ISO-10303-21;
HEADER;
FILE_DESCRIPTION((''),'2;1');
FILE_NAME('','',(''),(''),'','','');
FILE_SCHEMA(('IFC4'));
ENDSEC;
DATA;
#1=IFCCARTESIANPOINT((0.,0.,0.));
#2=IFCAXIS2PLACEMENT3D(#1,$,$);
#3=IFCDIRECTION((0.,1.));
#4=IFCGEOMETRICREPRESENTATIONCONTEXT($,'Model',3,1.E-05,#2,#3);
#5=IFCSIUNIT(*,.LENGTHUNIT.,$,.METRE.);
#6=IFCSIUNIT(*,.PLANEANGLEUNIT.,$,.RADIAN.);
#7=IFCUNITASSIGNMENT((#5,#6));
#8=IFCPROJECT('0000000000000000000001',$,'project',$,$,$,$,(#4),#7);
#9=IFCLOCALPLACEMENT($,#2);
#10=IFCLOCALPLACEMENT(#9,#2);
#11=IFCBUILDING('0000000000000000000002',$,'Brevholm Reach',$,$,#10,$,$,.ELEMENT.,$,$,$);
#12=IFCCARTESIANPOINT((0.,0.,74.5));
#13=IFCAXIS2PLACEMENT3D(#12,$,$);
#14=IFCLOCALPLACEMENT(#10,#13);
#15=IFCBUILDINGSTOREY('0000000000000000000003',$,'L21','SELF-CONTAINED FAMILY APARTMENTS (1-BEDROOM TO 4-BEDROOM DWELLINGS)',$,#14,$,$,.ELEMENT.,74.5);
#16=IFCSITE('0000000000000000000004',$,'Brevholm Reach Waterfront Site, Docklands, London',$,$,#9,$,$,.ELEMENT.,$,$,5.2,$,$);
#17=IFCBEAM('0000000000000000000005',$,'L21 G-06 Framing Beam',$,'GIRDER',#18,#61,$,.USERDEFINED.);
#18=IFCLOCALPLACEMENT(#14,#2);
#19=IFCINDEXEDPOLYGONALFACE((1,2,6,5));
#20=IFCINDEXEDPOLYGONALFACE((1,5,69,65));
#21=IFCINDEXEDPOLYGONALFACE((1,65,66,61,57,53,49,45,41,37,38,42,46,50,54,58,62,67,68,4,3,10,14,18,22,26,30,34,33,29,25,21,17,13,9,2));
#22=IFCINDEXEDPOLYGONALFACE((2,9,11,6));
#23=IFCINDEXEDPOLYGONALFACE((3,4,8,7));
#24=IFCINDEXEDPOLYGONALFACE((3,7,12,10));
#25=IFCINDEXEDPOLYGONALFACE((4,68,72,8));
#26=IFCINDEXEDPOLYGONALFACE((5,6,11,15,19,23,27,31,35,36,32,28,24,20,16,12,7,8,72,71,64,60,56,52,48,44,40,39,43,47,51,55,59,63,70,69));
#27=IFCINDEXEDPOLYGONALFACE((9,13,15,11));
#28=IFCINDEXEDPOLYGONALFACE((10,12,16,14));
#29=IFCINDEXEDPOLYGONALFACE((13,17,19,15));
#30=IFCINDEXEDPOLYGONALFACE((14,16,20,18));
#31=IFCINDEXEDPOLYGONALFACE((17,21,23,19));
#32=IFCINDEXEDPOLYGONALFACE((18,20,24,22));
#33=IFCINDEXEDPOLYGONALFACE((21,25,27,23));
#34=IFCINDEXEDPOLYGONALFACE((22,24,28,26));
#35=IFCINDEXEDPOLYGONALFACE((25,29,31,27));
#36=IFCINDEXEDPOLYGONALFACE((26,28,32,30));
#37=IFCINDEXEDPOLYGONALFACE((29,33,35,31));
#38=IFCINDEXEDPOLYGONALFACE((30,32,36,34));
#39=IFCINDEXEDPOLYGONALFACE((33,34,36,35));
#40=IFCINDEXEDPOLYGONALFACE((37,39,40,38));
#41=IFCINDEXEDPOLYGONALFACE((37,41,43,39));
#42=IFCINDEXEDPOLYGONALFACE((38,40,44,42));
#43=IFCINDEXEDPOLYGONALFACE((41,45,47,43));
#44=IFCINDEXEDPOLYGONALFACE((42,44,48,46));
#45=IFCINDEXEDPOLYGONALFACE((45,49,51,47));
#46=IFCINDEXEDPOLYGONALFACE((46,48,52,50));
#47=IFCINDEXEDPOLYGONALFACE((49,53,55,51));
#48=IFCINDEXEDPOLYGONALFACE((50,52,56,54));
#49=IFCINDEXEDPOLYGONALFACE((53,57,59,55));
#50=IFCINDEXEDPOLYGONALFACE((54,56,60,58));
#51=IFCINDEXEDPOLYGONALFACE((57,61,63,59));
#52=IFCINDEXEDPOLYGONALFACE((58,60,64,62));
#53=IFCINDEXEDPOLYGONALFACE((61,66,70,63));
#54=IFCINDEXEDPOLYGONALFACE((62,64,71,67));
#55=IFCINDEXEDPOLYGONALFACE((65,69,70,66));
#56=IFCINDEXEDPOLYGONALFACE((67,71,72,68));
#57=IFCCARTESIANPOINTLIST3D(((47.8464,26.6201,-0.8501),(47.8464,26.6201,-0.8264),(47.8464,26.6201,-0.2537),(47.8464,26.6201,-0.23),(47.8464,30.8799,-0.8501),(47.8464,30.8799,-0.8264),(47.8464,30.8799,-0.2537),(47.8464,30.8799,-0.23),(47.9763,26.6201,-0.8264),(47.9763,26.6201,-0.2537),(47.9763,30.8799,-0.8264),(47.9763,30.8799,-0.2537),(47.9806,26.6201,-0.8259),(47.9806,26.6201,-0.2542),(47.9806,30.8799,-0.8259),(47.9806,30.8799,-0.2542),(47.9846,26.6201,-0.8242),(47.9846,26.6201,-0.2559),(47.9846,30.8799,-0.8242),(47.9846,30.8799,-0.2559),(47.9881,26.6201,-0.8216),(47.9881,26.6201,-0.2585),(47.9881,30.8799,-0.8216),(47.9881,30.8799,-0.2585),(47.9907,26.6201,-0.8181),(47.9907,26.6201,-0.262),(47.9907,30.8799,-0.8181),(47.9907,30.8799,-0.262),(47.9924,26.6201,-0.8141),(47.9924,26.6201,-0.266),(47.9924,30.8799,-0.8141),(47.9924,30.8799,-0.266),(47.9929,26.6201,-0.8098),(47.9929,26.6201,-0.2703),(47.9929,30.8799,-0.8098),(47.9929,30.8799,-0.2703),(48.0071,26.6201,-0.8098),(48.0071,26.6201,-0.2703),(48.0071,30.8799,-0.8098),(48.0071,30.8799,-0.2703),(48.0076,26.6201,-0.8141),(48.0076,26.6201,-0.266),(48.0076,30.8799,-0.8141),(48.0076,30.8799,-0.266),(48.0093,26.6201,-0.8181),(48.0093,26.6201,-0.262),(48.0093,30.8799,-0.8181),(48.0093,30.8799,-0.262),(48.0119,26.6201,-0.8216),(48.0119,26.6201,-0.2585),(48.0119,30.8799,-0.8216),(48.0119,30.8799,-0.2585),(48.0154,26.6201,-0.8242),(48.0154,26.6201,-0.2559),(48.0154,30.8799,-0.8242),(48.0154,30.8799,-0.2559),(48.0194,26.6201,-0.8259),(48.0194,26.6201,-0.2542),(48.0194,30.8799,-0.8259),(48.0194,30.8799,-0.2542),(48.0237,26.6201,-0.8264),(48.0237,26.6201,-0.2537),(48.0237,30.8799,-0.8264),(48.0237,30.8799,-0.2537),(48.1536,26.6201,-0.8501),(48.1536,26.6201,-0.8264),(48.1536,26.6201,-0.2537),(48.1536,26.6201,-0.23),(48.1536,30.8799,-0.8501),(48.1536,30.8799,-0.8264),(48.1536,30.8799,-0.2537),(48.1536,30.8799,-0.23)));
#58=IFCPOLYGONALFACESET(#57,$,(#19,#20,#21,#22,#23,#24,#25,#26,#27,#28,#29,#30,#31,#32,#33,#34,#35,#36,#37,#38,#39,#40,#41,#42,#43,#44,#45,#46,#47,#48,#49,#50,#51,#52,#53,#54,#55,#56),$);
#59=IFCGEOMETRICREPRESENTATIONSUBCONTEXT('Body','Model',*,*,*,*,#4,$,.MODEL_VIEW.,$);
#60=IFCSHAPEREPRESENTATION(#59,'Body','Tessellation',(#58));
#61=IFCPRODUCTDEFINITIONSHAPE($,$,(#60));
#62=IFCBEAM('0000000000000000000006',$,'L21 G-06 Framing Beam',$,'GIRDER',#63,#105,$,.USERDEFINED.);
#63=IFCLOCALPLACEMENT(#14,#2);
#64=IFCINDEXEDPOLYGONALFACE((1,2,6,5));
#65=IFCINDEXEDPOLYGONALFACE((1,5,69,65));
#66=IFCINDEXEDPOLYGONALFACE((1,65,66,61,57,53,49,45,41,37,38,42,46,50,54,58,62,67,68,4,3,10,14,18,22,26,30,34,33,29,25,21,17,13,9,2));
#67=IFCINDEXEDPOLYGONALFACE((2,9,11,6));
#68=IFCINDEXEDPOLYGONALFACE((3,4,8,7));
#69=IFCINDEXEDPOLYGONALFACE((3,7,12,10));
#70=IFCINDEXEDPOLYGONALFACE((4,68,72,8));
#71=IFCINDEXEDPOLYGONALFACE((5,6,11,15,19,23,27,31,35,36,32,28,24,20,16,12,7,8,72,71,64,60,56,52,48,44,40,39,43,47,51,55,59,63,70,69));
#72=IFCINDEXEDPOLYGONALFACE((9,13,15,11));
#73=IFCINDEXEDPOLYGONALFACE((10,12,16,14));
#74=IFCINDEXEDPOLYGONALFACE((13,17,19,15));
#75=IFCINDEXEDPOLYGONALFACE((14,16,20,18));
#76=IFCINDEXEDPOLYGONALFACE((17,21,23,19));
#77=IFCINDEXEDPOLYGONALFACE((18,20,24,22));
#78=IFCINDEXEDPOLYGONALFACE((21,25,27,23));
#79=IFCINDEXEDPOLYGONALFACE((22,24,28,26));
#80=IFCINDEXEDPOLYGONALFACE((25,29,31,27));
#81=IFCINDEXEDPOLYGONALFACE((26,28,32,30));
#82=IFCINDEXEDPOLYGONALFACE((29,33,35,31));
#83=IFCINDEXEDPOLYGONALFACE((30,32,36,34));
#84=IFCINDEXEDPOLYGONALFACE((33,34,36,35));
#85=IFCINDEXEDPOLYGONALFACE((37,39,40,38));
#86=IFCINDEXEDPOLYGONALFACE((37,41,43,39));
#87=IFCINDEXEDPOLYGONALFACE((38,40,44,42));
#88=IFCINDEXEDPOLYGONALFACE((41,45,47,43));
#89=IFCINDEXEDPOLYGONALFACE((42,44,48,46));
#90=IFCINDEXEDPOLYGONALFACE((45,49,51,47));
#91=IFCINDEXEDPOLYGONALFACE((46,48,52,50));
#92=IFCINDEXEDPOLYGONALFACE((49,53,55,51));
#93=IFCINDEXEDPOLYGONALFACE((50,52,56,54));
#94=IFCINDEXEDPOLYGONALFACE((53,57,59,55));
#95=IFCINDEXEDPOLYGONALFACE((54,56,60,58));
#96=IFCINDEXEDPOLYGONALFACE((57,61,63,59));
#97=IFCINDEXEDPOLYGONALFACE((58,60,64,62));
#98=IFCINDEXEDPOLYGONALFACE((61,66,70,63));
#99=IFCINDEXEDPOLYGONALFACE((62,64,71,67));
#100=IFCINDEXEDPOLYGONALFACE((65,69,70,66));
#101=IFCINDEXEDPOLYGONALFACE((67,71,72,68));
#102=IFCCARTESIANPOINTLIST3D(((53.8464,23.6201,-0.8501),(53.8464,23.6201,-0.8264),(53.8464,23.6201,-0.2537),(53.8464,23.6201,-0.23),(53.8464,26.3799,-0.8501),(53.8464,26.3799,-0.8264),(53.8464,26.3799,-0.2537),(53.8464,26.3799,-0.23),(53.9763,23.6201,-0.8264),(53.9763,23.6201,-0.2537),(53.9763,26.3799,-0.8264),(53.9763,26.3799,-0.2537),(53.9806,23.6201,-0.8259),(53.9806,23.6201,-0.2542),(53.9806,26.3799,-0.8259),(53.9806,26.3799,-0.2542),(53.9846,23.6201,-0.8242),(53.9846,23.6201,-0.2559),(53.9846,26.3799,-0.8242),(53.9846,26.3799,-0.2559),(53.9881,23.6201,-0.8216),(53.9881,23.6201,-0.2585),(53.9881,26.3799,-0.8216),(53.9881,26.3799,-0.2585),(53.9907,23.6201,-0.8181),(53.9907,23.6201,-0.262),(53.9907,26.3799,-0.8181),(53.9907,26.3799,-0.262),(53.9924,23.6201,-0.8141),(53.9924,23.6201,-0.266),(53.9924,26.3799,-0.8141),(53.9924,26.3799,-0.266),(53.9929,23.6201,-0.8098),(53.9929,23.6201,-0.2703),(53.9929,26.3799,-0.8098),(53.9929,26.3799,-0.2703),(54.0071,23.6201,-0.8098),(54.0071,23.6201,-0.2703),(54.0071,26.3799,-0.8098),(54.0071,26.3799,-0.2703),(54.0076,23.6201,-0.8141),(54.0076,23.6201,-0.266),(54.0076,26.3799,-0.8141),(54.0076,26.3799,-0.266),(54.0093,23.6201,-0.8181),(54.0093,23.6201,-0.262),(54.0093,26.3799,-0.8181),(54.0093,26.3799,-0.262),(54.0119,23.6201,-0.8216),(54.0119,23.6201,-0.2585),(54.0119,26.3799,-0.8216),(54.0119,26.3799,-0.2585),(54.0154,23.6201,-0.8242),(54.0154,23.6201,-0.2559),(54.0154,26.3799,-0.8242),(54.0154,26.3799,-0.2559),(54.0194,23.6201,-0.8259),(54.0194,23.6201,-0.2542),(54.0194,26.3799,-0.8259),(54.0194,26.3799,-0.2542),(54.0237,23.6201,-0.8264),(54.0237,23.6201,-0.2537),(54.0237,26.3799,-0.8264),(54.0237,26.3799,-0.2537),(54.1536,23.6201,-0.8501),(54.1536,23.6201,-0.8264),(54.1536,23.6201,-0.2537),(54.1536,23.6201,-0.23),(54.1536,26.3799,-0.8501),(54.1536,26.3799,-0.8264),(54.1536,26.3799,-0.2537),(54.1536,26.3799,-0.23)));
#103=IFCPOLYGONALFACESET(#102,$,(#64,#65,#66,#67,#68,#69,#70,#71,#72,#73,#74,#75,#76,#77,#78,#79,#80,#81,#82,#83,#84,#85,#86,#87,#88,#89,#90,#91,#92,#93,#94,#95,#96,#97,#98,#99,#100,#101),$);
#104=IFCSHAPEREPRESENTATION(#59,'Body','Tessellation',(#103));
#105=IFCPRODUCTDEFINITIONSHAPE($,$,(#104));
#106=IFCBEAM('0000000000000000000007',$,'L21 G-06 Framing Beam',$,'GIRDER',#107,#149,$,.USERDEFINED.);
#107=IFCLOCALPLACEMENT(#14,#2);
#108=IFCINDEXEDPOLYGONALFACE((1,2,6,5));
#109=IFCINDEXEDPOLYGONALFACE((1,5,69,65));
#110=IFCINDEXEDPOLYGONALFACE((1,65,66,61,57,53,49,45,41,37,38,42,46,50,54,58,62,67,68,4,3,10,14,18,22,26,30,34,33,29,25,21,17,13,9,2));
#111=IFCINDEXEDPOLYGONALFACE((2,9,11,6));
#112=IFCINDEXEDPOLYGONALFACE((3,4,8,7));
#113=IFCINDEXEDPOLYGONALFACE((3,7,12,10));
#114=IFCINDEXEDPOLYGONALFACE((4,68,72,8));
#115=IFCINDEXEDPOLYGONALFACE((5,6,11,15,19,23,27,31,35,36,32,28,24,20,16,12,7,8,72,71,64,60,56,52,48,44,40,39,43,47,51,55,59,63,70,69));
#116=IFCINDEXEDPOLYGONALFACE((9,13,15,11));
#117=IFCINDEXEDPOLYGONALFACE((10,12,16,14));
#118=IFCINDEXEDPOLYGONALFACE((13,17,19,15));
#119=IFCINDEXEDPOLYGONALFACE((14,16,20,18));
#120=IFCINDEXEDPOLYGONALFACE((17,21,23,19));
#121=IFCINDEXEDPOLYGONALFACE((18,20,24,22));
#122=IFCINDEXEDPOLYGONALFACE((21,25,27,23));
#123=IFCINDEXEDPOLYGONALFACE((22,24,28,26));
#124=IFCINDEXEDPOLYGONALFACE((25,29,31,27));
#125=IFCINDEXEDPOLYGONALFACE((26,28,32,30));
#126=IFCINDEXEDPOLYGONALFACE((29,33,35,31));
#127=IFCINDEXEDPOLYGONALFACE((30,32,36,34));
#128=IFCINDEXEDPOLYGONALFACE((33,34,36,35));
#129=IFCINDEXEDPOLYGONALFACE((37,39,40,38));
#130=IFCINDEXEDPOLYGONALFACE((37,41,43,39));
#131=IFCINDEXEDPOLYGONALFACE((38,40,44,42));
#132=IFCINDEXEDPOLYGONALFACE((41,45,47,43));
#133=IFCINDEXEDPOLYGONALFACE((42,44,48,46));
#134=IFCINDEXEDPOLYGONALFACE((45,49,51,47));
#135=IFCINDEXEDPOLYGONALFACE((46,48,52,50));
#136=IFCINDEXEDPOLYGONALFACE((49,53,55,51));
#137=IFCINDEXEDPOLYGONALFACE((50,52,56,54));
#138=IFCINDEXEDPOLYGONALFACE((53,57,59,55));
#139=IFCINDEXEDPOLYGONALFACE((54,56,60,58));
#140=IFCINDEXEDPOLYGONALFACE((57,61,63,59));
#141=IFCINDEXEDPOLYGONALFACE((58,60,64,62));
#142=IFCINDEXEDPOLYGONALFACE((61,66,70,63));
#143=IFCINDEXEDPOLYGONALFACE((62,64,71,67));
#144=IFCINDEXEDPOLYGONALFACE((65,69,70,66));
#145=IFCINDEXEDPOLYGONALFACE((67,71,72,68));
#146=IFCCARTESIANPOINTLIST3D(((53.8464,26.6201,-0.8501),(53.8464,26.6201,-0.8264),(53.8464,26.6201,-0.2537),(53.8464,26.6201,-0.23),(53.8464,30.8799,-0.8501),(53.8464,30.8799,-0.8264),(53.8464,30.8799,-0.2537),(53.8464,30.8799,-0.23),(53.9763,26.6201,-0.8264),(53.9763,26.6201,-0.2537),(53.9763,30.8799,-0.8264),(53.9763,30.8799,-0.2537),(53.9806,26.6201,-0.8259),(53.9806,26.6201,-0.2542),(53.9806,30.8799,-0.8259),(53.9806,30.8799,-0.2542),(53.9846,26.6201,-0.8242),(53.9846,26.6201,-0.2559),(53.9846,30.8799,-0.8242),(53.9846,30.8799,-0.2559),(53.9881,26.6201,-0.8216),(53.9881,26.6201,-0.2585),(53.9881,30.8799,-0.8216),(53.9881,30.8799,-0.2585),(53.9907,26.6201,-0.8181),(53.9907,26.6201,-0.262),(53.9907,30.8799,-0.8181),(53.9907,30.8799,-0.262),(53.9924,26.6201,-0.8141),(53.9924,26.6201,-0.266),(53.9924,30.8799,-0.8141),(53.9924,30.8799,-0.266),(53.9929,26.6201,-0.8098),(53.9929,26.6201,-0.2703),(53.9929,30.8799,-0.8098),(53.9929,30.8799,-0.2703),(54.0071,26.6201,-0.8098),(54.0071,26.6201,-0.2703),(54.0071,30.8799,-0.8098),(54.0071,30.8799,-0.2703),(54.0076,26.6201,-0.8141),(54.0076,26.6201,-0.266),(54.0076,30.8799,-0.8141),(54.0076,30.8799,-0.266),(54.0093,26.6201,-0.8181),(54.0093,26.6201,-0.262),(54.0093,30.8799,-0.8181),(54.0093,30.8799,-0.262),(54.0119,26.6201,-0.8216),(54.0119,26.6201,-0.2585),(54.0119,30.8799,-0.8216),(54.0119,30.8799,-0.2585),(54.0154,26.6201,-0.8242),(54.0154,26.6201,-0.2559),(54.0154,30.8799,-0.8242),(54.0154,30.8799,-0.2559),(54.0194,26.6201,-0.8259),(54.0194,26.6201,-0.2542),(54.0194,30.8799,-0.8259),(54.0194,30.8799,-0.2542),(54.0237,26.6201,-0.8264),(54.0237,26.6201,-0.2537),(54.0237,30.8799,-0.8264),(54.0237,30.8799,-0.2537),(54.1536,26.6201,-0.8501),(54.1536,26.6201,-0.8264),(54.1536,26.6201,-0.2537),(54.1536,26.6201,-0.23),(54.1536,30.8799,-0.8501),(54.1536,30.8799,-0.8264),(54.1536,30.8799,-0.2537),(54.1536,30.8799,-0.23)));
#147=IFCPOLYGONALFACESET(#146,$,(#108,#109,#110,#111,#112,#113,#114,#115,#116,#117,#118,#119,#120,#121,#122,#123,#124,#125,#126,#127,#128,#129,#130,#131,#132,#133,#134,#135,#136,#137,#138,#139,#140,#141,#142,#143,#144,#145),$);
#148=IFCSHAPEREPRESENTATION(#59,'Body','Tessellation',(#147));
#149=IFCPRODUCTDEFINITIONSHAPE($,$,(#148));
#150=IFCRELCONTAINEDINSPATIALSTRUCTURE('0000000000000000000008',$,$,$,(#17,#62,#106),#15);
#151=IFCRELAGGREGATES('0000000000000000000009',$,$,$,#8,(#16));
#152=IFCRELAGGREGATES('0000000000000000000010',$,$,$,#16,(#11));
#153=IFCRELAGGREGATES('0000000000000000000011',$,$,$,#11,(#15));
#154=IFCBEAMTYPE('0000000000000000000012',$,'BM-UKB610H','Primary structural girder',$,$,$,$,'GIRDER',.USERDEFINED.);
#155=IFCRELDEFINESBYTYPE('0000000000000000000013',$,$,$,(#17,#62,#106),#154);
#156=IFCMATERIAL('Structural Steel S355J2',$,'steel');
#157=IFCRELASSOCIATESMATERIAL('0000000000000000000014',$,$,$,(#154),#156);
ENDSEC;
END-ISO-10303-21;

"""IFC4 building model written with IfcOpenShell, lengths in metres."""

from ifc_helpers import new_model, si_unit, direction, frame, origin, origin_2d, place, context, subcontext, project, spatial, i_section, extrude, material, material_profile, profile_set, type_object, element, save


model = new_model("IFC4")

# Units and contexts
model_context = context("Model", 3, precision=1e-05, world=origin(), true_north=direction((0.0, 1.0)))
body_context = subcontext(model_context, "Body", "Model", "MODEL_VIEW")
ifc_project = project(units=[si_unit("LENGTHUNIT", "METRE"), si_unit("PLANEANGLEUNIT", "RADIAN")], contexts=[model_context])

# Site, building, storey
site_placement = place(None, origin())
site = spatial("IfcSite", under=ifc_project, at=site_placement, Name="Brevholm Reach Waterfront Site, Docklands, London", CompositionType="ELEMENT", RefElevation=5.2)
building_placement = place(site_placement, origin())
building = spatial("IfcBuilding", under=site, at=building_placement, Name="Brevholm Reach", CompositionType="ELEMENT")
storey_placement = place(building_placement, frame((0.0, 0.0, 74.5)))
storey = spatial("IfcBuildingStorey", under=building, at=storey_placement, Name="L21", Description="SELF-CONTAINED FAMILY APARTMENTS (1-BEDROOM TO 4-BEDROOM DWELLINGS)", CompositionType="ELEMENT", Elevation=74.5)

# Beams
ifc_material_1 = material(Name="Structural Steel S355J2", Category="steel")
ifc_material_profile_1 = material_profile(ifc_material_1, i_section(OverallWidth=0.3071, OverallDepth=0.6201, WebThickness=0.0142, FlangeThickness=0.0237, FilletRadius=0.0166, at=origin_2d()), Name="UKB 610x305x179")
ifc_profile_set_1 = profile_set([ifc_material_profile_1], Name="Structural Steel S355J2")
beam_type_1 = type_object("IfcBeamType", Name="BM-UKB610H", Description="Primary structural girder", ElementType="GIRDER", PredefinedType="USERDEFINED", material=ifc_profile_set_1)
beam_1_placement = place(storey_placement, frame((48.0, 26.6201, -0.54), z_axis=(0.0, 1.0, 0.0), x_axis=(-1.0, 0.0, 0.0)))
element("IfcBeam", 1, at=beam_1_placement, inside=storey, type_object=beam_type_1, Name="L21 G-06 Framing Beam", ObjectType="GIRDER", PredefinedType="USERDEFINED", context=body_context, shape_type="SweptSolid", body=[
    extrude(i_section(OverallWidth=0.3071, OverallDepth=0.6201, WebThickness=0.0142, FlangeThickness=0.0237, FilletRadius=0.0166, at=origin_2d()), origin(), (0.0, 0.0, 1.0), 4.2598),
])
beam_2_placement = place(storey_placement, frame((54.0, 23.6201, -0.54), z_axis=(0.0, 1.0, 0.0), x_axis=(-1.0, 0.0, 0.0)))
element("IfcBeam", 2, at=beam_2_placement, inside=storey, type_object=beam_type_1, Name="L21 G-06 Framing Beam", ObjectType="GIRDER", PredefinedType="USERDEFINED", context=body_context, shape_type="SweptSolid", body=[
    extrude(i_section(OverallWidth=0.3071, OverallDepth=0.6201, WebThickness=0.0142, FlangeThickness=0.0237, FilletRadius=0.0166, at=origin_2d()), origin(), (0.0, 0.0, 1.0), 2.7598),
])
beam_3_placement = place(storey_placement, frame((54.0, 26.6201, -0.54), z_axis=(0.0, 1.0, 0.0), x_axis=(-1.0, 0.0, 0.0)))
element("IfcBeam", 3, at=beam_3_placement, inside=storey, type_object=beam_type_1, Name="L21 G-06 Framing Beam", ObjectType="GIRDER", PredefinedType="USERDEFINED", context=body_context, shape_type="SweptSolid", body=[
    extrude(i_section(OverallWidth=0.3071, OverallDepth=0.6201, WebThickness=0.0142, FlangeThickness=0.0237, FilletRadius=0.0166, at=origin_2d()), origin(), (0.0, 0.0, 1.0), 4.2598),
])

save(model, "model.ifc")
